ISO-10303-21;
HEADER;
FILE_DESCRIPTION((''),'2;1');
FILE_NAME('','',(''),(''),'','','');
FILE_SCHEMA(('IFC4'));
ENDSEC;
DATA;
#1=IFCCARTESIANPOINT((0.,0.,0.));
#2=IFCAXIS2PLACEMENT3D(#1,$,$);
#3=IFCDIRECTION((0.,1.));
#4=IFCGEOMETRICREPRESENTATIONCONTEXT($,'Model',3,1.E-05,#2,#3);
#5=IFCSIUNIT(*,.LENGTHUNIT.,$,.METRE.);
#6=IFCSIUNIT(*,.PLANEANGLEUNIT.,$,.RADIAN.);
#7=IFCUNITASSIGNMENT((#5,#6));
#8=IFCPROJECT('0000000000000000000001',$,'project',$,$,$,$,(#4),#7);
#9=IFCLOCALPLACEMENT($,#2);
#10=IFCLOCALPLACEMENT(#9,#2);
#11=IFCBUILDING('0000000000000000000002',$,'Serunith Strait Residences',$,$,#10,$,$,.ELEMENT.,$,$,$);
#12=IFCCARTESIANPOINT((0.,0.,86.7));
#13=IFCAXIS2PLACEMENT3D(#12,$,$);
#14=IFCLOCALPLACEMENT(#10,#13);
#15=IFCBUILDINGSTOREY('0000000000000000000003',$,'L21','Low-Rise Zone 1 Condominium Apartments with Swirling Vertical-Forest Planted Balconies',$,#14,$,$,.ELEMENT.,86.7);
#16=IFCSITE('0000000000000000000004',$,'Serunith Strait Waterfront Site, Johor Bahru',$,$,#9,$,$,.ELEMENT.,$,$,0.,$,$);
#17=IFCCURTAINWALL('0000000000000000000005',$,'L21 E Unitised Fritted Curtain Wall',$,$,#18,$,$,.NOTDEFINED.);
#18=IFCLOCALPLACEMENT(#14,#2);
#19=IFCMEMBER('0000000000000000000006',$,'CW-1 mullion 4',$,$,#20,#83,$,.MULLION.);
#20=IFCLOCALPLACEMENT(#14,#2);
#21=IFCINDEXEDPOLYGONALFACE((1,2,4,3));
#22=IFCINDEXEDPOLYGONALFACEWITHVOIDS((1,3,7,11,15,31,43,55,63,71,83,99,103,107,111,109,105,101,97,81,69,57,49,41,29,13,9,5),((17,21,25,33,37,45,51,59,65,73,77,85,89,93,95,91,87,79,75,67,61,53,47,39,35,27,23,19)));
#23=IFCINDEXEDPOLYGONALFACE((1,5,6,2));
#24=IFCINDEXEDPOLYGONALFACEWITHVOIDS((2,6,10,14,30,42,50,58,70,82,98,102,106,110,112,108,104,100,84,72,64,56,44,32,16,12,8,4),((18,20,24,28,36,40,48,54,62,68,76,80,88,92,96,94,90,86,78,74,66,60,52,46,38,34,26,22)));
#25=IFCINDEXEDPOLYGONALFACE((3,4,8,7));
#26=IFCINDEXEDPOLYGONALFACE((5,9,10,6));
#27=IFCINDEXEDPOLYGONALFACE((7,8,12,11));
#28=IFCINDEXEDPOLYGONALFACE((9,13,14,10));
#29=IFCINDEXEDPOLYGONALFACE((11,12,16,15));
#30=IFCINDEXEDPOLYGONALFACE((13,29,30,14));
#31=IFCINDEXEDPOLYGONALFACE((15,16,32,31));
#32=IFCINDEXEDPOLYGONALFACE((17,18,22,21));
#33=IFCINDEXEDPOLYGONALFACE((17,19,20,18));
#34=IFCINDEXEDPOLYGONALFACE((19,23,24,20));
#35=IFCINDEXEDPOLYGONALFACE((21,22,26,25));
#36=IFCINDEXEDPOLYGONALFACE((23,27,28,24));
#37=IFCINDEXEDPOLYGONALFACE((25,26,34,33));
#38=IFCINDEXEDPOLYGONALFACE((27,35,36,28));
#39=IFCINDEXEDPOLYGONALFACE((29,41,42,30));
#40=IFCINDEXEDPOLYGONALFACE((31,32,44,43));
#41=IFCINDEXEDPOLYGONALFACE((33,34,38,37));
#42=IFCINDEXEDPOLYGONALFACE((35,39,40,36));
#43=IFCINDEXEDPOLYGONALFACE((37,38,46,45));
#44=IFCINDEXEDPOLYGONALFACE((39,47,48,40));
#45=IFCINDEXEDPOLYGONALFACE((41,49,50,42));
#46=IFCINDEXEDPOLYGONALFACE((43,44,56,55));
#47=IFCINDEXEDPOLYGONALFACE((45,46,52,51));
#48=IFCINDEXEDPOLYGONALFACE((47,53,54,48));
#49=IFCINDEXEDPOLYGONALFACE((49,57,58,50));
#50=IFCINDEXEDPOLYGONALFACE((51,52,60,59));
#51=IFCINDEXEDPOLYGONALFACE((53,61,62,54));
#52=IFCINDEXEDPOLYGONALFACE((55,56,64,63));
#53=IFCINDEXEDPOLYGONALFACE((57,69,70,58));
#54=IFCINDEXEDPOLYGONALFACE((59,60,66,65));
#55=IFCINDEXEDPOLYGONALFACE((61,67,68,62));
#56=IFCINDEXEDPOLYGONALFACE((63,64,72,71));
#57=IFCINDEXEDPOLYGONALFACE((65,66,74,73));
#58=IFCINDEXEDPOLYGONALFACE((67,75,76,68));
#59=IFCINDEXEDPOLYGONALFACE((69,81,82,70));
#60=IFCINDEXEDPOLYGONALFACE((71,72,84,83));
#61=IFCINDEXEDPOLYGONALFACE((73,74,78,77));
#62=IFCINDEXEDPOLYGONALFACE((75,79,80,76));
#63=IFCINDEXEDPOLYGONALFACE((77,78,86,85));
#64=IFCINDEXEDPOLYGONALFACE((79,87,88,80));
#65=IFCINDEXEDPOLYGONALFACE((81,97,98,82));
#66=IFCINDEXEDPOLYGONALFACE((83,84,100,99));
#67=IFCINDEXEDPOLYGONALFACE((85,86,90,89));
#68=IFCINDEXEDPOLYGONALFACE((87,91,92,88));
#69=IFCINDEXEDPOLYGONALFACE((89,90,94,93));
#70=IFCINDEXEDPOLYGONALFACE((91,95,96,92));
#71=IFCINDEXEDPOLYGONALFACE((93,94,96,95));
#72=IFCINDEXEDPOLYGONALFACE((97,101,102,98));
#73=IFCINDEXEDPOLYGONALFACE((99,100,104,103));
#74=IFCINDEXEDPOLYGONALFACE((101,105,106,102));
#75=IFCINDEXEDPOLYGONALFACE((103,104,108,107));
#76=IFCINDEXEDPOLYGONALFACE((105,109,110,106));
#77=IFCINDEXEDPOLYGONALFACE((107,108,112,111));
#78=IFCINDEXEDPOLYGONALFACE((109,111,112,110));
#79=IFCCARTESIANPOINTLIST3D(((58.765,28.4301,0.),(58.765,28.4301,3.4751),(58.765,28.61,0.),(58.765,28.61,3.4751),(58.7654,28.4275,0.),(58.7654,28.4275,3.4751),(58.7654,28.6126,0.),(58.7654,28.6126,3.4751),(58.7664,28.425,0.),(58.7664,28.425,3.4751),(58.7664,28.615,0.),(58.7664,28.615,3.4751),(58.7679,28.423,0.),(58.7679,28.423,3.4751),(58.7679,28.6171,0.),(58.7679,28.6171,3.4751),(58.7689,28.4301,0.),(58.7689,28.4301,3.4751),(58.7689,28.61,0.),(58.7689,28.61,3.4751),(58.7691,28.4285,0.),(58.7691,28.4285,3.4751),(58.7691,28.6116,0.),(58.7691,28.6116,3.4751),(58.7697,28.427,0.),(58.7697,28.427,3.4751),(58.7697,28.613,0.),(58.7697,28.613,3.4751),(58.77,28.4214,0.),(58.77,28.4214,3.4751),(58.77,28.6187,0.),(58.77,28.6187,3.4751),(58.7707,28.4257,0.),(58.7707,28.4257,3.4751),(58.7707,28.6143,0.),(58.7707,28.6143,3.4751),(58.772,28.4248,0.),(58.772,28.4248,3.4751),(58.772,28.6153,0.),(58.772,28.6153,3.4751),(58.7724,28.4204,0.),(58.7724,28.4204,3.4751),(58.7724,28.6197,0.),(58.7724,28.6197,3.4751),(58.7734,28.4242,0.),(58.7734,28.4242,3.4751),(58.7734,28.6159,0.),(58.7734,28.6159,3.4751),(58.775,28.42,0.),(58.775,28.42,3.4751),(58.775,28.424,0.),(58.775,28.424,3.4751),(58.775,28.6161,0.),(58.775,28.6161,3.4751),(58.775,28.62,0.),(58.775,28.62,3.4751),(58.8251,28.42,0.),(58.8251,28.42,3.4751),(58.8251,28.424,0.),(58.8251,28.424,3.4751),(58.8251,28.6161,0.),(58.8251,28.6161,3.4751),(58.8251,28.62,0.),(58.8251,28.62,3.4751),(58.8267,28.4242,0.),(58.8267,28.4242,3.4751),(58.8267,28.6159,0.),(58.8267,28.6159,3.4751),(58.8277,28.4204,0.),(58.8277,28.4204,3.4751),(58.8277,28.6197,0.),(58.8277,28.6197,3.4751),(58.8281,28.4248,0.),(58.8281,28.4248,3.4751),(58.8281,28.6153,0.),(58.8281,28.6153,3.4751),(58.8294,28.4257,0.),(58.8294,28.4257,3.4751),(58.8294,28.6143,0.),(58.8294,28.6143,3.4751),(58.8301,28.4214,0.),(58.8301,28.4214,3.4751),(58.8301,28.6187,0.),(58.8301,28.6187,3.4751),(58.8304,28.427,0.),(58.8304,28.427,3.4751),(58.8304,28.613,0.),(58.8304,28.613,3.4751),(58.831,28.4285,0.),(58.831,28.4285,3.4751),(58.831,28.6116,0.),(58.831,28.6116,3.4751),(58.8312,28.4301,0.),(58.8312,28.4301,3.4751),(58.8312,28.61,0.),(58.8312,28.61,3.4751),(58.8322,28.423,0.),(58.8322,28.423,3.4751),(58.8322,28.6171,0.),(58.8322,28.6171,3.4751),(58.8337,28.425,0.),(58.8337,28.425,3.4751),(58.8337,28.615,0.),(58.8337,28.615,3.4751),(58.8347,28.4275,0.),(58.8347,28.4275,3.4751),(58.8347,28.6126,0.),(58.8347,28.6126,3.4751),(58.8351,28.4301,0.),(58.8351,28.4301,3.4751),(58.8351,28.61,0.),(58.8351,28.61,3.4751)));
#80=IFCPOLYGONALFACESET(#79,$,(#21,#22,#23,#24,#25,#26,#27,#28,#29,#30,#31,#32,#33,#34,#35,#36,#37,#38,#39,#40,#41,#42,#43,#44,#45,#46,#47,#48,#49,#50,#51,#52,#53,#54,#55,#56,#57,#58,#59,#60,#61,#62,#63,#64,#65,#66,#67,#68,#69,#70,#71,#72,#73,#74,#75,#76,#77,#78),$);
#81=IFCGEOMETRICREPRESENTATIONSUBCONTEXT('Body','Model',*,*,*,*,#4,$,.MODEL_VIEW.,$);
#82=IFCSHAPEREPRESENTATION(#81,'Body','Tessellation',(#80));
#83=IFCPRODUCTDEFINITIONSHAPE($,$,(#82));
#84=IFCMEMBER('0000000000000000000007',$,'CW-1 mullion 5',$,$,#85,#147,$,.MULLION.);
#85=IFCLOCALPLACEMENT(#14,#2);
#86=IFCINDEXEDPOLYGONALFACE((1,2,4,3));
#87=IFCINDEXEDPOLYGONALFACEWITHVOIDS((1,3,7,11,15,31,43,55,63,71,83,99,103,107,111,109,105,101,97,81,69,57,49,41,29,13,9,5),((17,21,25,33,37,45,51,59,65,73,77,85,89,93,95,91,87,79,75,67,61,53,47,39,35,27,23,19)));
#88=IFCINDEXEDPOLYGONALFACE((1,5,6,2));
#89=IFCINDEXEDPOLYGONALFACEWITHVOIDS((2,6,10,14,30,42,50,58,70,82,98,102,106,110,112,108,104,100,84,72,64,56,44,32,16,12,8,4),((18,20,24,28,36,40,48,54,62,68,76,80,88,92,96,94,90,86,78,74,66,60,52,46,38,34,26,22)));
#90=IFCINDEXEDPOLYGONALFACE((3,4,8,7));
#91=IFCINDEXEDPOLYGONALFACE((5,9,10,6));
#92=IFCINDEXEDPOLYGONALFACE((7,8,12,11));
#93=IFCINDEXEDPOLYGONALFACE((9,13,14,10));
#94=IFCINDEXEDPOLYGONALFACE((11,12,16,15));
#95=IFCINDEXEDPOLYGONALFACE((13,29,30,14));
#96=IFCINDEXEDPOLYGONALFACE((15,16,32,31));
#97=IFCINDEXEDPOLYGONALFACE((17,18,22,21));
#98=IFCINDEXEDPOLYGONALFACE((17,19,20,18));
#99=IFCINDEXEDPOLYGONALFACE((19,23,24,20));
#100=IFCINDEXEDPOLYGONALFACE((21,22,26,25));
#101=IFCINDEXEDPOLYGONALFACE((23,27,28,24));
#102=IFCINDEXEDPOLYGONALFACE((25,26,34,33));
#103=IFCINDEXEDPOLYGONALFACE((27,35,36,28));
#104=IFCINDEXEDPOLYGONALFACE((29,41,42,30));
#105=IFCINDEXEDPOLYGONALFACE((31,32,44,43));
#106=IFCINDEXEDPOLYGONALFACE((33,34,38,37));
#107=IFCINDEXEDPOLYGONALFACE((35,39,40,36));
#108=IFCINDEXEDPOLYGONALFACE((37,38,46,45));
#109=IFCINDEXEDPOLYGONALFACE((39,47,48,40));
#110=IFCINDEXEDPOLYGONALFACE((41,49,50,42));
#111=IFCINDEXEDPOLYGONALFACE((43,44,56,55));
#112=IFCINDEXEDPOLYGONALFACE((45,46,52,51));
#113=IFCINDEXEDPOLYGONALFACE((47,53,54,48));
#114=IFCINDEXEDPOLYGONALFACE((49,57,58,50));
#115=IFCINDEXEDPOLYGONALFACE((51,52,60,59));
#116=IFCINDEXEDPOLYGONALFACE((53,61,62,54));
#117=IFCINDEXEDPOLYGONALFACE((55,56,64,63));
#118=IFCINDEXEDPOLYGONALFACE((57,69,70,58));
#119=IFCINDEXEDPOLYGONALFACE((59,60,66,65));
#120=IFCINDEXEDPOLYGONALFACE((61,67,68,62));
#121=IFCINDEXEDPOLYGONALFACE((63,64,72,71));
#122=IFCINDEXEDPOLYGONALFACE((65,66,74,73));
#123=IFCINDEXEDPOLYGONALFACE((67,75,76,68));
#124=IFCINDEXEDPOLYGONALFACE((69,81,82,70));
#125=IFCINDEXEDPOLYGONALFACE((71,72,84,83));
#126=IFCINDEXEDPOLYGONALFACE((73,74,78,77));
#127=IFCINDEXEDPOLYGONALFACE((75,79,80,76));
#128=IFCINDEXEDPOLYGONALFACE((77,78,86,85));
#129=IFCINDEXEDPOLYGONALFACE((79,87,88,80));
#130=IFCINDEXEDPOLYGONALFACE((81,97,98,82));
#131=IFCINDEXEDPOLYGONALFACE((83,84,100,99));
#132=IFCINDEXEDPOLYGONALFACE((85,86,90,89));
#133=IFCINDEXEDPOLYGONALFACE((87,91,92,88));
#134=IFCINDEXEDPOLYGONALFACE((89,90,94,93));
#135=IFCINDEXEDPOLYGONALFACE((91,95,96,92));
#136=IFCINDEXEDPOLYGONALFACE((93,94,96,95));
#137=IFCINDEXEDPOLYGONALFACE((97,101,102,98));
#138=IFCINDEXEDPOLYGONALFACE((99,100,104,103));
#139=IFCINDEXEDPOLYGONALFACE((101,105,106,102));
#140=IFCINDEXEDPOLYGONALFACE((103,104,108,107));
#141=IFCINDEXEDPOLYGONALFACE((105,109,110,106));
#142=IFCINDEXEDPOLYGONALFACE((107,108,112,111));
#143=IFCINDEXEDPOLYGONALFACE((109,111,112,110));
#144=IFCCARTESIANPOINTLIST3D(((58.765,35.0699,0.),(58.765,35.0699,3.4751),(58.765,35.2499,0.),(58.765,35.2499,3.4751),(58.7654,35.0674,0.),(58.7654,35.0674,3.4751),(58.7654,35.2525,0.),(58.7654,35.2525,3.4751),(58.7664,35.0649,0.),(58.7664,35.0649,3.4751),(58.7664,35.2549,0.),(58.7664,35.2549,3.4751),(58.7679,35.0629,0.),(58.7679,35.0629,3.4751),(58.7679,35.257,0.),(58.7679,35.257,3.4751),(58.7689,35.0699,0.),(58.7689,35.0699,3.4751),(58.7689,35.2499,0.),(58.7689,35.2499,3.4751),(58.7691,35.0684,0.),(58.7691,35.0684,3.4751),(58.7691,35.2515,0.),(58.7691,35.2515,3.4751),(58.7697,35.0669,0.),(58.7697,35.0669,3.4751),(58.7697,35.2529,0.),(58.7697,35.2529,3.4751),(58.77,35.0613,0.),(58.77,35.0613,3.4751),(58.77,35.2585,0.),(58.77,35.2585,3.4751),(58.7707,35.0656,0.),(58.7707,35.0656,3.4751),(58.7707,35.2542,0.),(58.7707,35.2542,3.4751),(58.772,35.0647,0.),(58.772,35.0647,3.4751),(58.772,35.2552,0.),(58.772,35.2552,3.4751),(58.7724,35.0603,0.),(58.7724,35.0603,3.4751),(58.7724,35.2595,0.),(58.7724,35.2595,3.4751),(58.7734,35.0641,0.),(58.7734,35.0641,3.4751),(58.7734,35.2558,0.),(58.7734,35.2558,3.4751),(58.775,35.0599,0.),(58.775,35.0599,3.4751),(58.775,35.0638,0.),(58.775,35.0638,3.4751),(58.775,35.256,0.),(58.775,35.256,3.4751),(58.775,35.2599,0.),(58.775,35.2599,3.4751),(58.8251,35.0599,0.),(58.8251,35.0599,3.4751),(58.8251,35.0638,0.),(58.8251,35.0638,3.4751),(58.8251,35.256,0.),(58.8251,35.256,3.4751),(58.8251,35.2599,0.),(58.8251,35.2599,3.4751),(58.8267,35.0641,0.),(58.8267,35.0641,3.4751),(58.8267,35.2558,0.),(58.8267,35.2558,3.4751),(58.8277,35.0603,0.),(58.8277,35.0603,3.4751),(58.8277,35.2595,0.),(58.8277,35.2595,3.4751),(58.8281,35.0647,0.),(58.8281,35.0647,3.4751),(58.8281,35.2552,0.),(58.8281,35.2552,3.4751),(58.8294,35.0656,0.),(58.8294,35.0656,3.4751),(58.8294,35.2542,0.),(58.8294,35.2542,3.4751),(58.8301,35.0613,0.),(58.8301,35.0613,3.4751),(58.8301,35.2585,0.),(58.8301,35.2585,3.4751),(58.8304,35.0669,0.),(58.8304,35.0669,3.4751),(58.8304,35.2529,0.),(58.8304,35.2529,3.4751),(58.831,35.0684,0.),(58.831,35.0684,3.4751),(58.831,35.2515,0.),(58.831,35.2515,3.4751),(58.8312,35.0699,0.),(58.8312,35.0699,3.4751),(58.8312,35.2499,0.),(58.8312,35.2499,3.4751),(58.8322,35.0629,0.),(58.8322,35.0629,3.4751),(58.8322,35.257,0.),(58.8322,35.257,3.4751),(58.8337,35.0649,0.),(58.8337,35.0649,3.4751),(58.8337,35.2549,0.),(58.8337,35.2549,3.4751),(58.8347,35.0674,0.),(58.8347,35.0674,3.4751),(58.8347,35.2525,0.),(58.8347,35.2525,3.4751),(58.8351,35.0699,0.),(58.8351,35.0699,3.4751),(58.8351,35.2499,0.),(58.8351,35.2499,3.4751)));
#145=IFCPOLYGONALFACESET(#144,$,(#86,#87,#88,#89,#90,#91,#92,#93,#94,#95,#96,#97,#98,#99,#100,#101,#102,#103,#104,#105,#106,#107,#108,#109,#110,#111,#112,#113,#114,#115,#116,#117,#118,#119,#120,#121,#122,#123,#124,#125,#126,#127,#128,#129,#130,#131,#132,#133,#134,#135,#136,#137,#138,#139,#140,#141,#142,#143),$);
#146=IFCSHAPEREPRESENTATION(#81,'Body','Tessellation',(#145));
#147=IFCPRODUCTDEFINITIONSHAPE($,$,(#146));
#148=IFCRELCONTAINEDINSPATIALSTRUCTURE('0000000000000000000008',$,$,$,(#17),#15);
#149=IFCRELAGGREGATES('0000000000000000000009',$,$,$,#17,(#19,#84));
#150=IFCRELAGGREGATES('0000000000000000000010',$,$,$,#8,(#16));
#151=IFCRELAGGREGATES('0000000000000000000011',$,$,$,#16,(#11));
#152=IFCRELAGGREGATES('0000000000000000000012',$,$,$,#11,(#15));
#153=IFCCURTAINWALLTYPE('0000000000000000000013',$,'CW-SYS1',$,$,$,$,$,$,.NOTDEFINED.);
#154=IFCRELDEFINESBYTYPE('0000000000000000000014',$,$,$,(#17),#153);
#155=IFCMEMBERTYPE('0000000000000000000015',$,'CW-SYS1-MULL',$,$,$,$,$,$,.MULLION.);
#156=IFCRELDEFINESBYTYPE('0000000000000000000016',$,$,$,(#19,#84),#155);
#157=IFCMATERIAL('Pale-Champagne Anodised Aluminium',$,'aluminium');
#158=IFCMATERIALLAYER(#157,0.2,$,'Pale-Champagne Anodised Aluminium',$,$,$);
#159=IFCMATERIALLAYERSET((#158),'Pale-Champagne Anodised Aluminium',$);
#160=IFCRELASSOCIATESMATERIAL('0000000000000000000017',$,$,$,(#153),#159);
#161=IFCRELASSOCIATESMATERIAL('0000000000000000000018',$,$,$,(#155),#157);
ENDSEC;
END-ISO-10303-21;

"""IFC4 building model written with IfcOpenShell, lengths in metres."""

from ifc_helpers import new_model, si_unit, direction, frame, origin, origin_2d, place, context, subcontext, project, spatial, hollow_rectangle, extrude, source, transform, mapped, material, layer, layer_set, material_profile, profile_set, type_object, element, aggregate, save


model = new_model("IFC4")

# Units and contexts
model_context = context("Model", 3, precision=1e-05, world=origin(), true_north=direction((0.0, 1.0)))
body_context = subcontext(model_context, "Body", "Model", "MODEL_VIEW")
ifc_project = project(units=[si_unit("LENGTHUNIT", "METRE"), si_unit("PLANEANGLEUNIT", "RADIAN")], contexts=[model_context])

# Site, building, storey
site_placement = place(None, origin())
site = spatial("IfcSite", under=ifc_project, at=site_placement, Name="Serunith Strait Waterfront Site, Johor Bahru", CompositionType="ELEMENT", RefElevation=0.0)
building_placement = place(site_placement, origin())
building = spatial("IfcBuilding", under=site, at=building_placement, Name="Serunith Strait Residences", CompositionType="ELEMENT")
storey_placement = place(building_placement, frame((0.0, 0.0, 86.7)))
storey = spatial("IfcBuildingStorey", under=building, at=storey_placement, Name="L21", Description="Low-Rise Zone 1 Condominium Apartments with Swirling Vertical-Forest Planted Balconies", CompositionType="ELEMENT", Elevation=86.7)

# Curtain wall, members
ifc_material_1 = material(Name="Pale-Champagne Anodised Aluminium", Category="aluminium")
ifc_layer_1 = layer(ifc_material_1, 0.2, Name="Pale-Champagne Anodised Aluminium")
ifc_layer_set_1 = layer_set([ifc_layer_1], Name="Pale-Champagne Anodised Aluminium")
curtain_wall_type = type_object("IfcCurtainWallType", Name="CW-SYS1", PredefinedType="NOTDEFINED", material=ifc_layer_set_1)
curtain_wall_placement = place(storey_placement, origin())
curtain_wall = element("IfcCurtainWall", 1, at=curtain_wall_placement, inside=storey, type_object=curtain_wall_type, Name="L21 E Unitised Fritted Curtain Wall", PredefinedType="NOTDEFINED")
ifc_material_profile_1 = material_profile(ifc_material_1, hollow_rectangle(XDim=0.0701, YDim=0.2, WallThickness=0.0039, InnerFilletRadius=0.0061, OuterFilletRadius=0.01, at=origin_2d()), Name="ALU 200x70x4")
ifc_profile_set_1 = profile_set([ifc_material_profile_1], Name="Pale-Champagne Anodised Aluminium")
member_type_1 = type_object("IfcMemberType", Name="CW-SYS1-MULL", PredefinedType="MULLION", material=ifc_profile_set_1)
shared_shape_1 = source(origin(), body_context, "Body", "SweptSolid", [
    extrude(hollow_rectangle(XDim=0.0701, YDim=0.2, WallThickness=0.0039, InnerFilletRadius=0.0061, OuterFilletRadius=0.01, at=origin_2d()), origin(), (0.0, 0.0, 1.0), 3.4751),
])
member_1_placement = place(storey_placement, frame((58.8, 28.52, 0.0), z_axis=(0.0, 0.0, 1.0), x_axis=(-1.0, 0.0, 0.0)))
member_1 = element("IfcMember", 2, at=member_1_placement, type_object=member_type_1, Name="CW-1 mullion 4", PredefinedType="MULLION", context=body_context, shape_type="MappedRepresentation", body=[
    mapped(shared_shape_1, transform((0.0, 0.0, 0.0), scale=1.0)),
])
member_2_placement = place(storey_placement, frame((58.8, 35.1599, 0.0), z_axis=(0.0, 0.0, 1.0), x_axis=(-1.0, 0.0, 0.0)))
member_2 = element("IfcMember", 3, at=member_2_placement, type_object=member_type_1, Name="CW-1 mullion 5", PredefinedType="MULLION", context=body_context, shape_type="MappedRepresentation", body=[
    mapped(shared_shape_1, transform((0.0, 0.0, 0.0), scale=1.0)),
])
aggregate(curtain_wall, [member_1, member_2])

save(model, "model.ifc")
